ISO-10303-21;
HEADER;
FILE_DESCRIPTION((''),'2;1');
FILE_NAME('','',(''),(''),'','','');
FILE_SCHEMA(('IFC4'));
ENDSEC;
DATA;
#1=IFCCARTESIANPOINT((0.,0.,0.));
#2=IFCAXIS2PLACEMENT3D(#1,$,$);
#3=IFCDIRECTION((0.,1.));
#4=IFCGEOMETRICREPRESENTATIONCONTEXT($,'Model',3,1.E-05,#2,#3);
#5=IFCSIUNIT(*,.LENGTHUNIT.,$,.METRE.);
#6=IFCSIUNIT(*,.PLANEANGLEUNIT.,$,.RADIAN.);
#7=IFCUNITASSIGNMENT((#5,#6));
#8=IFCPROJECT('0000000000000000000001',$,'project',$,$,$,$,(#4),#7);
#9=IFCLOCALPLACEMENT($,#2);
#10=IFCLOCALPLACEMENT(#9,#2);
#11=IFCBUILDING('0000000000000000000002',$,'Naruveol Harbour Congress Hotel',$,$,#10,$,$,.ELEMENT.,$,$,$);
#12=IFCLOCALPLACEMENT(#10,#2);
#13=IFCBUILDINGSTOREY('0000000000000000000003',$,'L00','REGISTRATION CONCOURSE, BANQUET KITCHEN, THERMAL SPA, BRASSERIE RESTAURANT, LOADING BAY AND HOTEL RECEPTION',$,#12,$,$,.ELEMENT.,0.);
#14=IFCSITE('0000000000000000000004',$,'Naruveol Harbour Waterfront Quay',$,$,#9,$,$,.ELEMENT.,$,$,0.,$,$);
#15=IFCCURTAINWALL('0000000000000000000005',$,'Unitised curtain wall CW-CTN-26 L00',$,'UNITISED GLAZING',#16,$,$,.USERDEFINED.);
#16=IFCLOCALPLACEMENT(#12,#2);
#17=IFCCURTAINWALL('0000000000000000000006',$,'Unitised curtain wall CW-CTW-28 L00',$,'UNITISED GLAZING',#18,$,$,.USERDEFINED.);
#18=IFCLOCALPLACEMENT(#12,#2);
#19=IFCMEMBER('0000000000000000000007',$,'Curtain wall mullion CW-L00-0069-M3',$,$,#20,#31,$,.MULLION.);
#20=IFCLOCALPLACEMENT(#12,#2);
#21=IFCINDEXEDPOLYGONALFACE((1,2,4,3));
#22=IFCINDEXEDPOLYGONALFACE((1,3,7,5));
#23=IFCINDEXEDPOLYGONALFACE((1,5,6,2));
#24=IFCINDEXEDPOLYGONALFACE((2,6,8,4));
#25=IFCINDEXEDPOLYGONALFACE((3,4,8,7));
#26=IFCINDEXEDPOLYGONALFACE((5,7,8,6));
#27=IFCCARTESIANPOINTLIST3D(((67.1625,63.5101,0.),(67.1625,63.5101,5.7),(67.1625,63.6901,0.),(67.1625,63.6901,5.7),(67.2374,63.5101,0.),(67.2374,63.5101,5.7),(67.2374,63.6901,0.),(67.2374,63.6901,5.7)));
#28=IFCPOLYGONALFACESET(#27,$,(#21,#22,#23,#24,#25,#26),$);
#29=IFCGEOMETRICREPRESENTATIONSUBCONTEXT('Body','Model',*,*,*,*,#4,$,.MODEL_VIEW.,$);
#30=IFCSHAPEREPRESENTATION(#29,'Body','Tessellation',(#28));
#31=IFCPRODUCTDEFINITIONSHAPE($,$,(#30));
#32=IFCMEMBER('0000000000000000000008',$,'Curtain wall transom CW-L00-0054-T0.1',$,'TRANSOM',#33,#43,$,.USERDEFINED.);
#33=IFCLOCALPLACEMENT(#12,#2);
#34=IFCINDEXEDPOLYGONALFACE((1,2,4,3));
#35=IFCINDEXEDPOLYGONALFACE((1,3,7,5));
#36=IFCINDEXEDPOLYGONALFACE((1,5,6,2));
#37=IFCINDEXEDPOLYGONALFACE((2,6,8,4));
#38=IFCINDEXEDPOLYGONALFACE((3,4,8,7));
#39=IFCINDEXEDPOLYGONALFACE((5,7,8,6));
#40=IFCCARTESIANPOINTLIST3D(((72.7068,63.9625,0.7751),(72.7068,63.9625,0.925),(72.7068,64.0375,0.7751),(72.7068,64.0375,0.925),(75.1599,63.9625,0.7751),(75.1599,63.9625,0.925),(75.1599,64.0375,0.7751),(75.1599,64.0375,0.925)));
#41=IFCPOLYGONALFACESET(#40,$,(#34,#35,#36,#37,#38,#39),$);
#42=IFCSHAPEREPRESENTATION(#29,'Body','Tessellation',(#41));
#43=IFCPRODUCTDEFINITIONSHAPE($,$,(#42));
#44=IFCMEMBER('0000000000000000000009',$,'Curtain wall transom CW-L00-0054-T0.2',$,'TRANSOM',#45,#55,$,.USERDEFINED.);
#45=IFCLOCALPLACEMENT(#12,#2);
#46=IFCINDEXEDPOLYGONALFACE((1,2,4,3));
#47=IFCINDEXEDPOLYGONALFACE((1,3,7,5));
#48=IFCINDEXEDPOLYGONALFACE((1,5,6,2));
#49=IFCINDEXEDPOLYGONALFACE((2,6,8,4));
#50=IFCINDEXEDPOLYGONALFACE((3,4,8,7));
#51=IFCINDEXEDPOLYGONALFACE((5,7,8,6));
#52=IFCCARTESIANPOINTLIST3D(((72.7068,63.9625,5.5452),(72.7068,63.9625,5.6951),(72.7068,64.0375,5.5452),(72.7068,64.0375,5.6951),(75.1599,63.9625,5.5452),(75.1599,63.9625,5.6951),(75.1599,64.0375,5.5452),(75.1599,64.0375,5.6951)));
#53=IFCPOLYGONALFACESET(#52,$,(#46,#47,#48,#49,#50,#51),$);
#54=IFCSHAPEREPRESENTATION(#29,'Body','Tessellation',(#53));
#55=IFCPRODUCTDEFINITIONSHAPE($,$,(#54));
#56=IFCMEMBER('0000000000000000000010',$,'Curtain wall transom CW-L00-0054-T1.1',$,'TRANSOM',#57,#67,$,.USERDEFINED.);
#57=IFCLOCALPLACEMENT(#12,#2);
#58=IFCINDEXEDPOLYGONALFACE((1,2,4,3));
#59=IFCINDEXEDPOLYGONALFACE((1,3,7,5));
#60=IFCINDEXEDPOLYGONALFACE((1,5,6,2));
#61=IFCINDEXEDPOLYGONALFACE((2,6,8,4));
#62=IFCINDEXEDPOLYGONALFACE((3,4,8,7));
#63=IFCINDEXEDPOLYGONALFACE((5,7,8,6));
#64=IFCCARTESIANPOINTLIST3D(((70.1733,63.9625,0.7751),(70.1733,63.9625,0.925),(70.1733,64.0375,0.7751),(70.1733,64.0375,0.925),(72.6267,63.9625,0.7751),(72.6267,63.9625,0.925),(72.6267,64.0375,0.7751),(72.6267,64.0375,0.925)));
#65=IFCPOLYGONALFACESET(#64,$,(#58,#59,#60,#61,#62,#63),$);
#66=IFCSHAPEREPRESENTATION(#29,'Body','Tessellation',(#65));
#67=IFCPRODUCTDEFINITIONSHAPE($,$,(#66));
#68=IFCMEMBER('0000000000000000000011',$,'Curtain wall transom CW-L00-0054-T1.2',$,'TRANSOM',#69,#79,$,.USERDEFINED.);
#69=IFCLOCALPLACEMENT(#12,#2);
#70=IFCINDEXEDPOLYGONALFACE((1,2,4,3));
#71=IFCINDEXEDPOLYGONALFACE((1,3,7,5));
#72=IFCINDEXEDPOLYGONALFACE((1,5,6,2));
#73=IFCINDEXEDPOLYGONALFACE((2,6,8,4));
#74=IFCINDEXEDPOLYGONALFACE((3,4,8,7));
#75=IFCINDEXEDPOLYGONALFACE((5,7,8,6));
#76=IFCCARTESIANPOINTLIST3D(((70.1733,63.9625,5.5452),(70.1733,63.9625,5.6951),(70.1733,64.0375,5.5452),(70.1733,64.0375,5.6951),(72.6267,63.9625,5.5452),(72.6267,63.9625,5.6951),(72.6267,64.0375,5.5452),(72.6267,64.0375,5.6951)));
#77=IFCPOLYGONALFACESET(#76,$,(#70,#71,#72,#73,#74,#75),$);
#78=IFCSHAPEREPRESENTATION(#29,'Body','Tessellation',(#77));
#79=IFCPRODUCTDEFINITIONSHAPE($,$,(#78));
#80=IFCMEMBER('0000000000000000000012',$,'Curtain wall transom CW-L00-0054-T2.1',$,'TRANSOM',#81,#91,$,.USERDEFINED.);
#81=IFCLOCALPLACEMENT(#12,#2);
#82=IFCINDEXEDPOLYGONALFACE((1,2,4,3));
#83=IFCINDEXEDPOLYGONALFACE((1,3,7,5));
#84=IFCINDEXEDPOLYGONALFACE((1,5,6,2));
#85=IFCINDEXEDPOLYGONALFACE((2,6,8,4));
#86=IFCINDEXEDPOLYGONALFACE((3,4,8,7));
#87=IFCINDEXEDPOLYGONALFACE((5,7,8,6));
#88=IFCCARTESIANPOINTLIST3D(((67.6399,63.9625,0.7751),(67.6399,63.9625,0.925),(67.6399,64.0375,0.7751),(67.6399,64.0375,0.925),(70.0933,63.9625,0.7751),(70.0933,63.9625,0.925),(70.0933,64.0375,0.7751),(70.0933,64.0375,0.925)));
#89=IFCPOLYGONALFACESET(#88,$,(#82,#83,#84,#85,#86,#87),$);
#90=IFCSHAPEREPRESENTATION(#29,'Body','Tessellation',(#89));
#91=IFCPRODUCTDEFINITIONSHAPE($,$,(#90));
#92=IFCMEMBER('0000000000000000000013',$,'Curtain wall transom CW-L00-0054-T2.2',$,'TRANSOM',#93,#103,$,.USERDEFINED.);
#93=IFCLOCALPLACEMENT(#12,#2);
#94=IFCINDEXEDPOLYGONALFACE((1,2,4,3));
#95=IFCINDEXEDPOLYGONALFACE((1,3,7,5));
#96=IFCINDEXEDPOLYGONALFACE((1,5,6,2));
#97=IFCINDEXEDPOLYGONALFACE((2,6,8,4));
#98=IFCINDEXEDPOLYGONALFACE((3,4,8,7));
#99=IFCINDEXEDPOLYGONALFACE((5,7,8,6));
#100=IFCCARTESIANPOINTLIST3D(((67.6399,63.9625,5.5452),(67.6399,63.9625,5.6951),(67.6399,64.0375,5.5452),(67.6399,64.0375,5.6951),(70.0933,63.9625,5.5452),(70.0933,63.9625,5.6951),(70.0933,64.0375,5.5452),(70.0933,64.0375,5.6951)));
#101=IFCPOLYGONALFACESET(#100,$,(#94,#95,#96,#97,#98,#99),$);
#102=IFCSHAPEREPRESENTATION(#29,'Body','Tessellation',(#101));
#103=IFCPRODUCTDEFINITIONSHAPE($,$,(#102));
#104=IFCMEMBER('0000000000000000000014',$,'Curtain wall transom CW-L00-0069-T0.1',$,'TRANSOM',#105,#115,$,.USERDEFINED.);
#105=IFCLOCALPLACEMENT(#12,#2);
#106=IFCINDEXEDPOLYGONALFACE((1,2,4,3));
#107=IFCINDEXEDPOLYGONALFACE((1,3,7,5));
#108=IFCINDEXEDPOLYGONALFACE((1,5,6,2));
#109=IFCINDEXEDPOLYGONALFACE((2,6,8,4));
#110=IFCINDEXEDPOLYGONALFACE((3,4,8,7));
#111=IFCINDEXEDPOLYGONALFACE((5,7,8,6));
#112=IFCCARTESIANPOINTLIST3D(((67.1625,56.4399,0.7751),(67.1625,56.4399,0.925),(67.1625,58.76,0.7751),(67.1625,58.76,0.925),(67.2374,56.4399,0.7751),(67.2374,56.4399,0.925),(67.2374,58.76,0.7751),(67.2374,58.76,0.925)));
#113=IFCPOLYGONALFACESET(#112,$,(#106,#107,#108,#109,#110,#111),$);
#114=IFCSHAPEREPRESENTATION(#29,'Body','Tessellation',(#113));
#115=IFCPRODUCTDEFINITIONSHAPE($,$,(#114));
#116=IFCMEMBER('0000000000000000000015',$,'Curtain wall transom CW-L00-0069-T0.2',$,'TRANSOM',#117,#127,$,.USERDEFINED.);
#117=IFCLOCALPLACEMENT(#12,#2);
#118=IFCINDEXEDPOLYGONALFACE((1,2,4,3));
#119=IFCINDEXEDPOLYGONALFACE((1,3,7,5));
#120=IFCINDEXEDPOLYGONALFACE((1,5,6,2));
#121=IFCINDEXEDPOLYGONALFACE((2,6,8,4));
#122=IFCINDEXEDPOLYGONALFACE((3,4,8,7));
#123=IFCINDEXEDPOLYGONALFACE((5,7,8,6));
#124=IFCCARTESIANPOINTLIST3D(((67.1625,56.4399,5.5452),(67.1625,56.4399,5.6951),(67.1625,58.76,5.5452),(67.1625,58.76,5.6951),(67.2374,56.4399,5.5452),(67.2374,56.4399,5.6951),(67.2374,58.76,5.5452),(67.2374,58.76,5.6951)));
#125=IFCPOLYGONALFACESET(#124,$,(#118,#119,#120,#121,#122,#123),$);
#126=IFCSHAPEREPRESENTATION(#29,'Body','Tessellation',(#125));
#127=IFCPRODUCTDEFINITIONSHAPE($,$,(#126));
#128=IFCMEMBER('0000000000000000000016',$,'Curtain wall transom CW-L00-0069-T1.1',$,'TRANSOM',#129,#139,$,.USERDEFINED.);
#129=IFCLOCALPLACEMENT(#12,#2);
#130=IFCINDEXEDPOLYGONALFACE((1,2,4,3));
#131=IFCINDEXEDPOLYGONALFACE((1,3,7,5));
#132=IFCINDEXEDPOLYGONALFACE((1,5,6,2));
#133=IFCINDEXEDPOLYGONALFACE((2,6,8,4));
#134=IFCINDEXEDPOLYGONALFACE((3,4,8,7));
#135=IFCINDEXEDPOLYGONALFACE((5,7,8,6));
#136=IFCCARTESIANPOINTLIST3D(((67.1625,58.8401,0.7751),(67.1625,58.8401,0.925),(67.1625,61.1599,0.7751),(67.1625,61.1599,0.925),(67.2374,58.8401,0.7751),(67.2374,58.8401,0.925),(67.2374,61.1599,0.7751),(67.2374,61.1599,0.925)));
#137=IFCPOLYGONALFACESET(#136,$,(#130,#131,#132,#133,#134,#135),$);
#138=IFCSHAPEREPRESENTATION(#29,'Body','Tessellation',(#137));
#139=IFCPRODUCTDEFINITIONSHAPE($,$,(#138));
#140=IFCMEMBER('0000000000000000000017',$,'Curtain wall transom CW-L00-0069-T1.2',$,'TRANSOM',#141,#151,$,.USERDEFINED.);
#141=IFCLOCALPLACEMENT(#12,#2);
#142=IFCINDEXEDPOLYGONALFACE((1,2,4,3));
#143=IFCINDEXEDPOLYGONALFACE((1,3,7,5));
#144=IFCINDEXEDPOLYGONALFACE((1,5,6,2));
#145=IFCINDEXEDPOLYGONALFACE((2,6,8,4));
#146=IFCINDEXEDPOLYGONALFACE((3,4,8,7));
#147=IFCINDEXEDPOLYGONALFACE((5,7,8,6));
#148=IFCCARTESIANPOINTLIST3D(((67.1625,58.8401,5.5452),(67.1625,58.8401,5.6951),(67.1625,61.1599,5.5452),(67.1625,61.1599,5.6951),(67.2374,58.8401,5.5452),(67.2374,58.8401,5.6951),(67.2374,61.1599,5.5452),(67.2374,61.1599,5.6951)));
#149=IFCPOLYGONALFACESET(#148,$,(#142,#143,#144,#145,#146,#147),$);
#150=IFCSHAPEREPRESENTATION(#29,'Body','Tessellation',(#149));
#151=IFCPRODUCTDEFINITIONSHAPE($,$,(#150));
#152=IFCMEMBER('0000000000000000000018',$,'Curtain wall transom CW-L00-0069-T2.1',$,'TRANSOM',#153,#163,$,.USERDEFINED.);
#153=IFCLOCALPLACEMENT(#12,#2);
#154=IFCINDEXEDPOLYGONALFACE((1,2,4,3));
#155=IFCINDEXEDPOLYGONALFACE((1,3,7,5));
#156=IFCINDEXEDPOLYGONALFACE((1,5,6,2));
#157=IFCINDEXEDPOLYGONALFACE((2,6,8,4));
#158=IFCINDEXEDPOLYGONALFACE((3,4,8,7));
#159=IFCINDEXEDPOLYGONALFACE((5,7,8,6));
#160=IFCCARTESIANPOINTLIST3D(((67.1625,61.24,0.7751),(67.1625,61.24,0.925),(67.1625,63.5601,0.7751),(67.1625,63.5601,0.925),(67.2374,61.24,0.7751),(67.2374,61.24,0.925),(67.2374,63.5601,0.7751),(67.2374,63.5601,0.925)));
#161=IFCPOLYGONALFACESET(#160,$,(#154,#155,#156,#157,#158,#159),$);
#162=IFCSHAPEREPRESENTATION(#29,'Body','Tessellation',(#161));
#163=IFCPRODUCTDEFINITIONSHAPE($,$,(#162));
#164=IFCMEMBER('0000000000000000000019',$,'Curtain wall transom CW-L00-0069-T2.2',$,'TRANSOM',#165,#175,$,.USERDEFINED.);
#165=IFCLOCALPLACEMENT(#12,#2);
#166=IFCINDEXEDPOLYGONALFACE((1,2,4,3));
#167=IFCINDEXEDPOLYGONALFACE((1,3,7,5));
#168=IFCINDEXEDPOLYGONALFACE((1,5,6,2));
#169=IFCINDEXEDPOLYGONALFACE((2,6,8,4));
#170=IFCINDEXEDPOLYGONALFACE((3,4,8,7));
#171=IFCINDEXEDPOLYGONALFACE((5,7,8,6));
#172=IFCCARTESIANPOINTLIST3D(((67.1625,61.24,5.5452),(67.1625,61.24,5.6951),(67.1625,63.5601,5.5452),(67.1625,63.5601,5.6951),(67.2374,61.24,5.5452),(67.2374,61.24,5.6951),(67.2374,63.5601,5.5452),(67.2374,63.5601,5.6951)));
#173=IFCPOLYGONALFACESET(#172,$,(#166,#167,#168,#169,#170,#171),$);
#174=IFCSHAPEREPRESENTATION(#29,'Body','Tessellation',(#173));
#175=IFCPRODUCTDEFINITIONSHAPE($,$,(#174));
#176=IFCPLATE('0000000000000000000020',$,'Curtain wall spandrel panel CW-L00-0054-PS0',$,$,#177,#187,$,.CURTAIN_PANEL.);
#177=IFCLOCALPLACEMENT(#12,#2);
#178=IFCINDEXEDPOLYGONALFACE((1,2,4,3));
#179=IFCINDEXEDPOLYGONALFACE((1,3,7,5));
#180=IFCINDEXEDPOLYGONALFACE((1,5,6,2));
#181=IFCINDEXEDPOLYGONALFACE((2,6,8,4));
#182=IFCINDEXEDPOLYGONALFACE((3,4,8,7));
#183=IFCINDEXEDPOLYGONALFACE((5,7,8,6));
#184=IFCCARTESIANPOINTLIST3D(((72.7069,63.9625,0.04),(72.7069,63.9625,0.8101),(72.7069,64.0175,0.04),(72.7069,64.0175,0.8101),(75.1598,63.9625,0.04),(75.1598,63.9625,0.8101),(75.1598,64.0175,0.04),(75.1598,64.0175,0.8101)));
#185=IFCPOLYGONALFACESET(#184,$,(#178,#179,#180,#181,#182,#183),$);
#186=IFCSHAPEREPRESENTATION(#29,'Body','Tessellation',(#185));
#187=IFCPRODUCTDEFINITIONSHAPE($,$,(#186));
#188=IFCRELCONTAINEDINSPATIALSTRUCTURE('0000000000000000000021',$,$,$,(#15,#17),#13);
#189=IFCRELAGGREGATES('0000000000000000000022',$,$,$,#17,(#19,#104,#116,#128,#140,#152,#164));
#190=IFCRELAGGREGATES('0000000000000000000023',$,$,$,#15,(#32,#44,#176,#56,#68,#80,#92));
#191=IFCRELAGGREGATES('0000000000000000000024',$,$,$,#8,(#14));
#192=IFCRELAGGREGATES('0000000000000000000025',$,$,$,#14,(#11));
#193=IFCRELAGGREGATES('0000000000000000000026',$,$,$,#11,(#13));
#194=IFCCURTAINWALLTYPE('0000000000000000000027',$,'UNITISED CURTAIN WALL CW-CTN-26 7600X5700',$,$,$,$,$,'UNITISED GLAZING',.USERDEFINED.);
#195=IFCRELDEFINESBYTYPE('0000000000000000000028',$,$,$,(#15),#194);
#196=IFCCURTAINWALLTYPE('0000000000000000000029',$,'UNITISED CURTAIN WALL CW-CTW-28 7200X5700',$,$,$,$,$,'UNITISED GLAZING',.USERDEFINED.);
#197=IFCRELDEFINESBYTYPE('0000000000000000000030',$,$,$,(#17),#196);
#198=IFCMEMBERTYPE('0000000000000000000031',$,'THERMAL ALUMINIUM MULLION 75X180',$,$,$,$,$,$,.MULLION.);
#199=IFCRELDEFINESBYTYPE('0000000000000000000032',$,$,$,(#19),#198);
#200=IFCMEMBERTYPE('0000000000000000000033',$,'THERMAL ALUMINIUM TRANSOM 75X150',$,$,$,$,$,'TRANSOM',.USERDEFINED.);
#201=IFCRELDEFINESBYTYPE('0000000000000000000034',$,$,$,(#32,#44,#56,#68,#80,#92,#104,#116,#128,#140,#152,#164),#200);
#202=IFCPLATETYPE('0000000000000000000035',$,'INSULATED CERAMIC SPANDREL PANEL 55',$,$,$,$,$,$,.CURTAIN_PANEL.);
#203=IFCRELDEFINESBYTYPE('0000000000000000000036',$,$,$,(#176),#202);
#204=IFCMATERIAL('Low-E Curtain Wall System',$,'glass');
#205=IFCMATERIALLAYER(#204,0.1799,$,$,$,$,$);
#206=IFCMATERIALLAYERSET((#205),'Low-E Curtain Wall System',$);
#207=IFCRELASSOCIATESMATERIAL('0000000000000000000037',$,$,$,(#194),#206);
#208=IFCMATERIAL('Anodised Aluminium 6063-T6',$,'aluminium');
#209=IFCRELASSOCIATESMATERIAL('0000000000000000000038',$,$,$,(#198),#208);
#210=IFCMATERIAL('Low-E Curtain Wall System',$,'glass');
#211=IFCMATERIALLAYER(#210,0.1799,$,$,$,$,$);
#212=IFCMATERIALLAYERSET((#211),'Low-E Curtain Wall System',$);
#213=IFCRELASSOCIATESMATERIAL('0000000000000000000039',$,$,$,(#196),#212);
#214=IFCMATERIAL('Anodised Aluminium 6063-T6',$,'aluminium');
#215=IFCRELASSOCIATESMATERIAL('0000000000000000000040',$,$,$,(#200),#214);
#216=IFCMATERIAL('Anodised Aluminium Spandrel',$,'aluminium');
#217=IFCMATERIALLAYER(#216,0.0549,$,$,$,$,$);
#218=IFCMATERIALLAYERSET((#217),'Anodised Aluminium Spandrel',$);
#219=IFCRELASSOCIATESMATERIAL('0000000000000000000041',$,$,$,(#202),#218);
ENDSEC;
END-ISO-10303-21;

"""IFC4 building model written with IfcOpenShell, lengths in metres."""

from ifc_helpers import new_model, si_unit, direction, frame, origin, origin_2d, place, context, subcontext, project, spatial, rectangle, extrude, material, layer, layer_set, material_profile, profile_set, type_object, element, aggregate, save


model = new_model("IFC4")

# Units and contexts
model_context = context("Model", 3, precision=1e-05, world=origin(), true_north=direction((0.0, 1.0)))
body_context = subcontext(model_context, "Body", "Model", "MODEL_VIEW")
ifc_project = project(units=[si_unit("LENGTHUNIT", "METRE"), si_unit("PLANEANGLEUNIT", "RADIAN")], contexts=[model_context])

# Site, building, storey
site_placement = place(None, origin())
site = spatial("IfcSite", under=ifc_project, at=site_placement, Name="Naruveol Harbour Waterfront Quay", CompositionType="ELEMENT", RefElevation=0.0)
building_placement = place(site_placement, origin())
building = spatial("IfcBuilding", under=site, at=building_placement, Name="Naruveol Harbour Congress Hotel", CompositionType="ELEMENT")
storey_placement = place(building_placement, origin())
storey = spatial("IfcBuildingStorey", under=building, at=storey_placement, Name="L00", Description="REGISTRATION CONCOURSE, BANQUET KITCHEN, THERMAL SPA, BRASSERIE RESTAURANT, LOADING BAY AND HOTEL RECEPTION", CompositionType="ELEMENT", Elevation=0.0)

# Curtain walls, member
ifc_material_1 = material(Name="Low-E Curtain Wall System", Category="glass")
ifc_layer_1 = layer(ifc_material_1, 0.1799)
ifc_layer_set_1 = layer_set([ifc_layer_1], Name="Low-E Curtain Wall System")
curtain_wall_type_1 = type_object("IfcCurtainWallType", Name="UNITISED CURTAIN WALL CW-CTN-26 7600X5700", ElementType="UNITISED GLAZING", PredefinedType="USERDEFINED", material=ifc_layer_set_1)
curtain_wall_1_placement = place(storey_placement, origin())
curtain_wall_1 = element("IfcCurtainWall", 1, at=curtain_wall_1_placement, inside=storey, type_object=curtain_wall_type_1, Name="Unitised curtain wall CW-CTN-26 L00", ObjectType="UNITISED GLAZING", PredefinedType="USERDEFINED")
ifc_material_2 = material(Name="Anodised Aluminium 6063-T6", Category="aluminium")
ifc_material_profile_1 = material_profile(ifc_material_2, rectangle(XDim=0.075, YDim=0.1799, at=origin_2d()), Name="ALU-75x180")
ifc_profile_set_1 = profile_set([ifc_material_profile_1], Name="Anodised Aluminium 6063-T6")
member_type_1 = type_object("IfcMemberType", Name="THERMAL ALUMINIUM MULLION 75X180", PredefinedType="MULLION", material=ifc_profile_set_1)
ifc_material_3 = material(Name="Low-E Curtain Wall System", Category="glass")
ifc_layer_2 = layer(ifc_material_3, 0.1799)
ifc_layer_set_2 = layer_set([ifc_layer_2], Name="Low-E Curtain Wall System")
curtain_wall_type_2 = type_object("IfcCurtainWallType", Name="UNITISED CURTAIN WALL CW-CTW-28 7200X5700", ElementType="UNITISED GLAZING", PredefinedType="USERDEFINED", material=ifc_layer_set_2)
curtain_wall_2_placement = place(storey_placement, origin())
curtain_wall_2 = element("IfcCurtainWall", 2, at=curtain_wall_2_placement, inside=storey, type_object=curtain_wall_type_2, Name="Unitised curtain wall CW-CTW-28 L00", ObjectType="UNITISED GLAZING", PredefinedType="USERDEFINED")
member_1_placement = place(storey_placement, frame((67.2, 63.6001, 0.0), z_axis=(0.0, 0.0, 1.0), x_axis=(1.0, 0.0, 0.0)))
member_1 = element("IfcMember", 3, at=member_1_placement, type_object=member_type_1, Name="Curtain wall mullion CW-L00-0069-M3", PredefinedType="MULLION", context=body_context, shape_type="SweptSolid", body=[
    extrude(rectangle(XDim=0.075, YDim=0.1799, at=origin_2d()), origin(), (0.0, 0.0, 1.0), 5.7),
])

# Members
ifc_material_4 = material(Name="Anodised Aluminium 6063-T6", Category="aluminium")
ifc_material_profile_2 = material_profile(ifc_material_4, rectangle(XDim=0.075, YDim=0.1499, at=origin_2d()), Name="ALU-75x150")
ifc_profile_set_2 = profile_set([ifc_material_profile_2], Name="Anodised Aluminium 6063-T6")
member_type_2 = type_object("IfcMemberType", Name="THERMAL ALUMINIUM TRANSOM 75X150", ElementType="TRANSOM", PredefinedType="USERDEFINED", material=ifc_profile_set_2)
member_2_placement = place(storey_placement, frame((75.1599, 64.0, 0.8501), z_axis=(-1.0, 0.0, 0.0), x_axis=(0.0, -1.0, 0.0)))
member_2 = element("IfcMember", 4, at=member_2_placement, type_object=member_type_2, Name="Curtain wall transom CW-L00-0054-T0.1", ObjectType="TRANSOM", PredefinedType="USERDEFINED", context=body_context, shape_type="SweptSolid", body=[
    extrude(rectangle(XDim=0.075, YDim=0.1499, at=origin_2d()), origin(), (0.0, 0.0, 1.0), 2.4531),
])
member_3_placement = place(storey_placement, frame((75.1599, 64.0, 5.6201), z_axis=(-1.0, 0.0, 0.0), x_axis=(0.0, -1.0, 0.0)))
member_3 = element("IfcMember", 5, at=member_3_placement, type_object=member_type_2, Name="Curtain wall transom CW-L00-0054-T0.2", ObjectType="TRANSOM", PredefinedType="USERDEFINED", context=body_context, shape_type="SweptSolid", body=[
    extrude(rectangle(XDim=0.075, YDim=0.1499, at=origin_2d()), origin(), (0.0, 0.0, 1.0), 2.4531),
])
member_4_placement = place(storey_placement, frame((72.6267, 64.0, 0.8501), z_axis=(-1.0, 0.0, 0.0), x_axis=(0.0, -1.0, 0.0)))
member_4 = element("IfcMember", 6, at=member_4_placement, type_object=member_type_2, Name="Curtain wall transom CW-L00-0054-T1.1", ObjectType="TRANSOM", PredefinedType="USERDEFINED", context=body_context, shape_type="SweptSolid", body=[
    extrude(rectangle(XDim=0.075, YDim=0.1499, at=origin_2d()), origin(), (0.0, 0.0, 1.0), 2.4534),
])
member_5_placement = place(storey_placement, frame((72.6267, 64.0, 5.6201), z_axis=(-1.0, 0.0, 0.0), x_axis=(0.0, -1.0, 0.0)))
member_5 = element("IfcMember", 7, at=member_5_placement, type_object=member_type_2, Name="Curtain wall transom CW-L00-0054-T1.2", ObjectType="TRANSOM", PredefinedType="USERDEFINED", context=body_context, shape_type="SweptSolid", body=[
    extrude(rectangle(XDim=0.075, YDim=0.1499, at=origin_2d()), origin(), (0.0, 0.0, 1.0), 2.4534),
])
member_6_placement = place(storey_placement, frame((70.0933, 64.0, 0.8501), z_axis=(-1.0, 0.0, 0.0), x_axis=(0.0, -1.0, 0.0)))
member_6 = element("IfcMember", 8, at=member_6_placement, type_object=member_type_2, Name="Curtain wall transom CW-L00-0054-T2.1", ObjectType="TRANSOM", PredefinedType="USERDEFINED", context=body_context, shape_type="SweptSolid", body=[
    extrude(rectangle(XDim=0.075, YDim=0.1499, at=origin_2d()), origin(), (0.0, 0.0, 1.0), 2.4534),
])
member_7_placement = place(storey_placement, frame((70.0933, 64.0, 5.6201), z_axis=(-1.0, 0.0, 0.0), x_axis=(0.0, -1.0, 0.0)))
member_7 = element("IfcMember", 9, at=member_7_placement, type_object=member_type_2, Name="Curtain wall transom CW-L00-0054-T2.2", ObjectType="TRANSOM", PredefinedType="USERDEFINED", context=body_context, shape_type="SweptSolid", body=[
    extrude(rectangle(XDim=0.075, YDim=0.1499, at=origin_2d()), origin(), (0.0, 0.0, 1.0), 2.4534),
])
member_8_placement = place(storey_placement, frame((67.2, 56.4399, 0.8501), z_axis=(0.0, 1.0, 0.0), x_axis=(-1.0, 0.0, 0.0)))
member_8 = element("IfcMember", 10, at=member_8_placement, type_object=member_type_2, Name="Curtain wall transom CW-L00-0069-T0.1", ObjectType="TRANSOM", PredefinedType="USERDEFINED", context=body_context, shape_type="SweptSolid", body=[
    extrude(rectangle(XDim=0.075, YDim=0.1499, at=origin_2d()), origin(), (0.0, 0.0, 1.0), 2.3201),
])
member_9_placement = place(storey_placement, frame((67.2, 56.4399, 5.6201), z_axis=(0.0, 1.0, 0.0), x_axis=(-1.0, 0.0, 0.0)))
member_9 = element("IfcMember", 11, at=member_9_placement, type_object=member_type_2, Name="Curtain wall transom CW-L00-0069-T0.2", ObjectType="TRANSOM", PredefinedType="USERDEFINED", context=body_context, shape_type="SweptSolid", body=[
    extrude(rectangle(XDim=0.075, YDim=0.1499, at=origin_2d()), origin(), (0.0, 0.0, 1.0), 2.3201),
])
member_10_placement = place(storey_placement, frame((67.2, 58.8401, 0.8501), z_axis=(0.0, 1.0, 0.0), x_axis=(-1.0, 0.0, 0.0)))
member_10 = element("IfcMember", 12, at=member_10_placement, type_object=member_type_2, Name="Curtain wall transom CW-L00-0069-T1.1", ObjectType="TRANSOM", PredefinedType="USERDEFINED", context=body_context, shape_type="SweptSolid", body=[
    extrude(rectangle(XDim=0.075, YDim=0.1499, at=origin_2d()), origin(), (0.0, 0.0, 1.0), 2.3198),
])
member_11_placement = place(storey_placement, frame((67.2, 58.8401, 5.6201), z_axis=(0.0, 1.0, 0.0), x_axis=(-1.0, 0.0, 0.0)))
member_11 = element("IfcMember", 13, at=member_11_placement, type_object=member_type_2, Name="Curtain wall transom CW-L00-0069-T1.2", ObjectType="TRANSOM", PredefinedType="USERDEFINED", context=body_context, shape_type="SweptSolid", body=[
    extrude(rectangle(XDim=0.075, YDim=0.1499, at=origin_2d()), origin(), (0.0, 0.0, 1.0), 2.3198),
])
member_12_placement = place(storey_placement, frame((67.2, 61.24, 0.8501), z_axis=(0.0, 1.0, 0.0), x_axis=(-1.0, 0.0, 0.0)))
member_12 = element("IfcMember", 14, at=member_12_placement, type_object=member_type_2, Name="Curtain wall transom CW-L00-0069-T2.1", ObjectType="TRANSOM", PredefinedType="USERDEFINED", context=body_context, shape_type="SweptSolid", body=[
    extrude(rectangle(XDim=0.075, YDim=0.1499, at=origin_2d()), origin(), (0.0, 0.0, 1.0), 2.3201),
])
member_13_placement = place(storey_placement, frame((67.2, 61.24, 5.6201), z_axis=(0.0, 1.0, 0.0), x_axis=(-1.0, 0.0, 0.0)))
member_13 = element("IfcMember", 15, at=member_13_placement, type_object=member_type_2, Name="Curtain wall transom CW-L00-0069-T2.2", ObjectType="TRANSOM", PredefinedType="USERDEFINED", context=body_context, shape_type="SweptSolid", body=[
    extrude(rectangle(XDim=0.075, YDim=0.1499, at=origin_2d()), origin(), (0.0, 0.0, 1.0), 2.3201),
])
aggregate(curtain_wall_2, [member_1, member_8, member_9, member_10, member_11, member_12, member_13])

# Plate
ifc_material_5 = material(Name="Anodised Aluminium Spandrel", Category="aluminium")
ifc_layer_3 = layer(ifc_material_5, 0.0549)
ifc_layer_set_3 = layer_set([ifc_layer_3], Name="Anodised Aluminium Spandrel")
plate_type_1 = type_object("IfcPlateType", Name="INSULATED CERAMIC SPANDREL PANEL 55", PredefinedType="CURTAIN_PANEL", material=ifc_layer_set_3)
plate_1_placement = place(storey_placement, frame((73.9333, 63.99, 0.04), z_axis=(0.0, 0.0, 1.0), x_axis=(-1.0, 0.0, 0.0)))
plate_1 = element("IfcPlate", 16, at=plate_1_placement, type_object=plate_type_1, Name="Curtain wall spandrel panel CW-L00-0054-PS0", PredefinedType="CURTAIN_PANEL", context=body_context, shape_type="SweptSolid", body=[
    extrude(rectangle(XDim=2.4529, YDim=0.0549, at=origin_2d()), origin(), (0.0, 0.0, 1.0), 0.77),
])
aggregate(curtain_wall_1, [member_2, member_3, plate_1, member_4, member_5, member_6, member_7])

save(model, "model.ifc")
